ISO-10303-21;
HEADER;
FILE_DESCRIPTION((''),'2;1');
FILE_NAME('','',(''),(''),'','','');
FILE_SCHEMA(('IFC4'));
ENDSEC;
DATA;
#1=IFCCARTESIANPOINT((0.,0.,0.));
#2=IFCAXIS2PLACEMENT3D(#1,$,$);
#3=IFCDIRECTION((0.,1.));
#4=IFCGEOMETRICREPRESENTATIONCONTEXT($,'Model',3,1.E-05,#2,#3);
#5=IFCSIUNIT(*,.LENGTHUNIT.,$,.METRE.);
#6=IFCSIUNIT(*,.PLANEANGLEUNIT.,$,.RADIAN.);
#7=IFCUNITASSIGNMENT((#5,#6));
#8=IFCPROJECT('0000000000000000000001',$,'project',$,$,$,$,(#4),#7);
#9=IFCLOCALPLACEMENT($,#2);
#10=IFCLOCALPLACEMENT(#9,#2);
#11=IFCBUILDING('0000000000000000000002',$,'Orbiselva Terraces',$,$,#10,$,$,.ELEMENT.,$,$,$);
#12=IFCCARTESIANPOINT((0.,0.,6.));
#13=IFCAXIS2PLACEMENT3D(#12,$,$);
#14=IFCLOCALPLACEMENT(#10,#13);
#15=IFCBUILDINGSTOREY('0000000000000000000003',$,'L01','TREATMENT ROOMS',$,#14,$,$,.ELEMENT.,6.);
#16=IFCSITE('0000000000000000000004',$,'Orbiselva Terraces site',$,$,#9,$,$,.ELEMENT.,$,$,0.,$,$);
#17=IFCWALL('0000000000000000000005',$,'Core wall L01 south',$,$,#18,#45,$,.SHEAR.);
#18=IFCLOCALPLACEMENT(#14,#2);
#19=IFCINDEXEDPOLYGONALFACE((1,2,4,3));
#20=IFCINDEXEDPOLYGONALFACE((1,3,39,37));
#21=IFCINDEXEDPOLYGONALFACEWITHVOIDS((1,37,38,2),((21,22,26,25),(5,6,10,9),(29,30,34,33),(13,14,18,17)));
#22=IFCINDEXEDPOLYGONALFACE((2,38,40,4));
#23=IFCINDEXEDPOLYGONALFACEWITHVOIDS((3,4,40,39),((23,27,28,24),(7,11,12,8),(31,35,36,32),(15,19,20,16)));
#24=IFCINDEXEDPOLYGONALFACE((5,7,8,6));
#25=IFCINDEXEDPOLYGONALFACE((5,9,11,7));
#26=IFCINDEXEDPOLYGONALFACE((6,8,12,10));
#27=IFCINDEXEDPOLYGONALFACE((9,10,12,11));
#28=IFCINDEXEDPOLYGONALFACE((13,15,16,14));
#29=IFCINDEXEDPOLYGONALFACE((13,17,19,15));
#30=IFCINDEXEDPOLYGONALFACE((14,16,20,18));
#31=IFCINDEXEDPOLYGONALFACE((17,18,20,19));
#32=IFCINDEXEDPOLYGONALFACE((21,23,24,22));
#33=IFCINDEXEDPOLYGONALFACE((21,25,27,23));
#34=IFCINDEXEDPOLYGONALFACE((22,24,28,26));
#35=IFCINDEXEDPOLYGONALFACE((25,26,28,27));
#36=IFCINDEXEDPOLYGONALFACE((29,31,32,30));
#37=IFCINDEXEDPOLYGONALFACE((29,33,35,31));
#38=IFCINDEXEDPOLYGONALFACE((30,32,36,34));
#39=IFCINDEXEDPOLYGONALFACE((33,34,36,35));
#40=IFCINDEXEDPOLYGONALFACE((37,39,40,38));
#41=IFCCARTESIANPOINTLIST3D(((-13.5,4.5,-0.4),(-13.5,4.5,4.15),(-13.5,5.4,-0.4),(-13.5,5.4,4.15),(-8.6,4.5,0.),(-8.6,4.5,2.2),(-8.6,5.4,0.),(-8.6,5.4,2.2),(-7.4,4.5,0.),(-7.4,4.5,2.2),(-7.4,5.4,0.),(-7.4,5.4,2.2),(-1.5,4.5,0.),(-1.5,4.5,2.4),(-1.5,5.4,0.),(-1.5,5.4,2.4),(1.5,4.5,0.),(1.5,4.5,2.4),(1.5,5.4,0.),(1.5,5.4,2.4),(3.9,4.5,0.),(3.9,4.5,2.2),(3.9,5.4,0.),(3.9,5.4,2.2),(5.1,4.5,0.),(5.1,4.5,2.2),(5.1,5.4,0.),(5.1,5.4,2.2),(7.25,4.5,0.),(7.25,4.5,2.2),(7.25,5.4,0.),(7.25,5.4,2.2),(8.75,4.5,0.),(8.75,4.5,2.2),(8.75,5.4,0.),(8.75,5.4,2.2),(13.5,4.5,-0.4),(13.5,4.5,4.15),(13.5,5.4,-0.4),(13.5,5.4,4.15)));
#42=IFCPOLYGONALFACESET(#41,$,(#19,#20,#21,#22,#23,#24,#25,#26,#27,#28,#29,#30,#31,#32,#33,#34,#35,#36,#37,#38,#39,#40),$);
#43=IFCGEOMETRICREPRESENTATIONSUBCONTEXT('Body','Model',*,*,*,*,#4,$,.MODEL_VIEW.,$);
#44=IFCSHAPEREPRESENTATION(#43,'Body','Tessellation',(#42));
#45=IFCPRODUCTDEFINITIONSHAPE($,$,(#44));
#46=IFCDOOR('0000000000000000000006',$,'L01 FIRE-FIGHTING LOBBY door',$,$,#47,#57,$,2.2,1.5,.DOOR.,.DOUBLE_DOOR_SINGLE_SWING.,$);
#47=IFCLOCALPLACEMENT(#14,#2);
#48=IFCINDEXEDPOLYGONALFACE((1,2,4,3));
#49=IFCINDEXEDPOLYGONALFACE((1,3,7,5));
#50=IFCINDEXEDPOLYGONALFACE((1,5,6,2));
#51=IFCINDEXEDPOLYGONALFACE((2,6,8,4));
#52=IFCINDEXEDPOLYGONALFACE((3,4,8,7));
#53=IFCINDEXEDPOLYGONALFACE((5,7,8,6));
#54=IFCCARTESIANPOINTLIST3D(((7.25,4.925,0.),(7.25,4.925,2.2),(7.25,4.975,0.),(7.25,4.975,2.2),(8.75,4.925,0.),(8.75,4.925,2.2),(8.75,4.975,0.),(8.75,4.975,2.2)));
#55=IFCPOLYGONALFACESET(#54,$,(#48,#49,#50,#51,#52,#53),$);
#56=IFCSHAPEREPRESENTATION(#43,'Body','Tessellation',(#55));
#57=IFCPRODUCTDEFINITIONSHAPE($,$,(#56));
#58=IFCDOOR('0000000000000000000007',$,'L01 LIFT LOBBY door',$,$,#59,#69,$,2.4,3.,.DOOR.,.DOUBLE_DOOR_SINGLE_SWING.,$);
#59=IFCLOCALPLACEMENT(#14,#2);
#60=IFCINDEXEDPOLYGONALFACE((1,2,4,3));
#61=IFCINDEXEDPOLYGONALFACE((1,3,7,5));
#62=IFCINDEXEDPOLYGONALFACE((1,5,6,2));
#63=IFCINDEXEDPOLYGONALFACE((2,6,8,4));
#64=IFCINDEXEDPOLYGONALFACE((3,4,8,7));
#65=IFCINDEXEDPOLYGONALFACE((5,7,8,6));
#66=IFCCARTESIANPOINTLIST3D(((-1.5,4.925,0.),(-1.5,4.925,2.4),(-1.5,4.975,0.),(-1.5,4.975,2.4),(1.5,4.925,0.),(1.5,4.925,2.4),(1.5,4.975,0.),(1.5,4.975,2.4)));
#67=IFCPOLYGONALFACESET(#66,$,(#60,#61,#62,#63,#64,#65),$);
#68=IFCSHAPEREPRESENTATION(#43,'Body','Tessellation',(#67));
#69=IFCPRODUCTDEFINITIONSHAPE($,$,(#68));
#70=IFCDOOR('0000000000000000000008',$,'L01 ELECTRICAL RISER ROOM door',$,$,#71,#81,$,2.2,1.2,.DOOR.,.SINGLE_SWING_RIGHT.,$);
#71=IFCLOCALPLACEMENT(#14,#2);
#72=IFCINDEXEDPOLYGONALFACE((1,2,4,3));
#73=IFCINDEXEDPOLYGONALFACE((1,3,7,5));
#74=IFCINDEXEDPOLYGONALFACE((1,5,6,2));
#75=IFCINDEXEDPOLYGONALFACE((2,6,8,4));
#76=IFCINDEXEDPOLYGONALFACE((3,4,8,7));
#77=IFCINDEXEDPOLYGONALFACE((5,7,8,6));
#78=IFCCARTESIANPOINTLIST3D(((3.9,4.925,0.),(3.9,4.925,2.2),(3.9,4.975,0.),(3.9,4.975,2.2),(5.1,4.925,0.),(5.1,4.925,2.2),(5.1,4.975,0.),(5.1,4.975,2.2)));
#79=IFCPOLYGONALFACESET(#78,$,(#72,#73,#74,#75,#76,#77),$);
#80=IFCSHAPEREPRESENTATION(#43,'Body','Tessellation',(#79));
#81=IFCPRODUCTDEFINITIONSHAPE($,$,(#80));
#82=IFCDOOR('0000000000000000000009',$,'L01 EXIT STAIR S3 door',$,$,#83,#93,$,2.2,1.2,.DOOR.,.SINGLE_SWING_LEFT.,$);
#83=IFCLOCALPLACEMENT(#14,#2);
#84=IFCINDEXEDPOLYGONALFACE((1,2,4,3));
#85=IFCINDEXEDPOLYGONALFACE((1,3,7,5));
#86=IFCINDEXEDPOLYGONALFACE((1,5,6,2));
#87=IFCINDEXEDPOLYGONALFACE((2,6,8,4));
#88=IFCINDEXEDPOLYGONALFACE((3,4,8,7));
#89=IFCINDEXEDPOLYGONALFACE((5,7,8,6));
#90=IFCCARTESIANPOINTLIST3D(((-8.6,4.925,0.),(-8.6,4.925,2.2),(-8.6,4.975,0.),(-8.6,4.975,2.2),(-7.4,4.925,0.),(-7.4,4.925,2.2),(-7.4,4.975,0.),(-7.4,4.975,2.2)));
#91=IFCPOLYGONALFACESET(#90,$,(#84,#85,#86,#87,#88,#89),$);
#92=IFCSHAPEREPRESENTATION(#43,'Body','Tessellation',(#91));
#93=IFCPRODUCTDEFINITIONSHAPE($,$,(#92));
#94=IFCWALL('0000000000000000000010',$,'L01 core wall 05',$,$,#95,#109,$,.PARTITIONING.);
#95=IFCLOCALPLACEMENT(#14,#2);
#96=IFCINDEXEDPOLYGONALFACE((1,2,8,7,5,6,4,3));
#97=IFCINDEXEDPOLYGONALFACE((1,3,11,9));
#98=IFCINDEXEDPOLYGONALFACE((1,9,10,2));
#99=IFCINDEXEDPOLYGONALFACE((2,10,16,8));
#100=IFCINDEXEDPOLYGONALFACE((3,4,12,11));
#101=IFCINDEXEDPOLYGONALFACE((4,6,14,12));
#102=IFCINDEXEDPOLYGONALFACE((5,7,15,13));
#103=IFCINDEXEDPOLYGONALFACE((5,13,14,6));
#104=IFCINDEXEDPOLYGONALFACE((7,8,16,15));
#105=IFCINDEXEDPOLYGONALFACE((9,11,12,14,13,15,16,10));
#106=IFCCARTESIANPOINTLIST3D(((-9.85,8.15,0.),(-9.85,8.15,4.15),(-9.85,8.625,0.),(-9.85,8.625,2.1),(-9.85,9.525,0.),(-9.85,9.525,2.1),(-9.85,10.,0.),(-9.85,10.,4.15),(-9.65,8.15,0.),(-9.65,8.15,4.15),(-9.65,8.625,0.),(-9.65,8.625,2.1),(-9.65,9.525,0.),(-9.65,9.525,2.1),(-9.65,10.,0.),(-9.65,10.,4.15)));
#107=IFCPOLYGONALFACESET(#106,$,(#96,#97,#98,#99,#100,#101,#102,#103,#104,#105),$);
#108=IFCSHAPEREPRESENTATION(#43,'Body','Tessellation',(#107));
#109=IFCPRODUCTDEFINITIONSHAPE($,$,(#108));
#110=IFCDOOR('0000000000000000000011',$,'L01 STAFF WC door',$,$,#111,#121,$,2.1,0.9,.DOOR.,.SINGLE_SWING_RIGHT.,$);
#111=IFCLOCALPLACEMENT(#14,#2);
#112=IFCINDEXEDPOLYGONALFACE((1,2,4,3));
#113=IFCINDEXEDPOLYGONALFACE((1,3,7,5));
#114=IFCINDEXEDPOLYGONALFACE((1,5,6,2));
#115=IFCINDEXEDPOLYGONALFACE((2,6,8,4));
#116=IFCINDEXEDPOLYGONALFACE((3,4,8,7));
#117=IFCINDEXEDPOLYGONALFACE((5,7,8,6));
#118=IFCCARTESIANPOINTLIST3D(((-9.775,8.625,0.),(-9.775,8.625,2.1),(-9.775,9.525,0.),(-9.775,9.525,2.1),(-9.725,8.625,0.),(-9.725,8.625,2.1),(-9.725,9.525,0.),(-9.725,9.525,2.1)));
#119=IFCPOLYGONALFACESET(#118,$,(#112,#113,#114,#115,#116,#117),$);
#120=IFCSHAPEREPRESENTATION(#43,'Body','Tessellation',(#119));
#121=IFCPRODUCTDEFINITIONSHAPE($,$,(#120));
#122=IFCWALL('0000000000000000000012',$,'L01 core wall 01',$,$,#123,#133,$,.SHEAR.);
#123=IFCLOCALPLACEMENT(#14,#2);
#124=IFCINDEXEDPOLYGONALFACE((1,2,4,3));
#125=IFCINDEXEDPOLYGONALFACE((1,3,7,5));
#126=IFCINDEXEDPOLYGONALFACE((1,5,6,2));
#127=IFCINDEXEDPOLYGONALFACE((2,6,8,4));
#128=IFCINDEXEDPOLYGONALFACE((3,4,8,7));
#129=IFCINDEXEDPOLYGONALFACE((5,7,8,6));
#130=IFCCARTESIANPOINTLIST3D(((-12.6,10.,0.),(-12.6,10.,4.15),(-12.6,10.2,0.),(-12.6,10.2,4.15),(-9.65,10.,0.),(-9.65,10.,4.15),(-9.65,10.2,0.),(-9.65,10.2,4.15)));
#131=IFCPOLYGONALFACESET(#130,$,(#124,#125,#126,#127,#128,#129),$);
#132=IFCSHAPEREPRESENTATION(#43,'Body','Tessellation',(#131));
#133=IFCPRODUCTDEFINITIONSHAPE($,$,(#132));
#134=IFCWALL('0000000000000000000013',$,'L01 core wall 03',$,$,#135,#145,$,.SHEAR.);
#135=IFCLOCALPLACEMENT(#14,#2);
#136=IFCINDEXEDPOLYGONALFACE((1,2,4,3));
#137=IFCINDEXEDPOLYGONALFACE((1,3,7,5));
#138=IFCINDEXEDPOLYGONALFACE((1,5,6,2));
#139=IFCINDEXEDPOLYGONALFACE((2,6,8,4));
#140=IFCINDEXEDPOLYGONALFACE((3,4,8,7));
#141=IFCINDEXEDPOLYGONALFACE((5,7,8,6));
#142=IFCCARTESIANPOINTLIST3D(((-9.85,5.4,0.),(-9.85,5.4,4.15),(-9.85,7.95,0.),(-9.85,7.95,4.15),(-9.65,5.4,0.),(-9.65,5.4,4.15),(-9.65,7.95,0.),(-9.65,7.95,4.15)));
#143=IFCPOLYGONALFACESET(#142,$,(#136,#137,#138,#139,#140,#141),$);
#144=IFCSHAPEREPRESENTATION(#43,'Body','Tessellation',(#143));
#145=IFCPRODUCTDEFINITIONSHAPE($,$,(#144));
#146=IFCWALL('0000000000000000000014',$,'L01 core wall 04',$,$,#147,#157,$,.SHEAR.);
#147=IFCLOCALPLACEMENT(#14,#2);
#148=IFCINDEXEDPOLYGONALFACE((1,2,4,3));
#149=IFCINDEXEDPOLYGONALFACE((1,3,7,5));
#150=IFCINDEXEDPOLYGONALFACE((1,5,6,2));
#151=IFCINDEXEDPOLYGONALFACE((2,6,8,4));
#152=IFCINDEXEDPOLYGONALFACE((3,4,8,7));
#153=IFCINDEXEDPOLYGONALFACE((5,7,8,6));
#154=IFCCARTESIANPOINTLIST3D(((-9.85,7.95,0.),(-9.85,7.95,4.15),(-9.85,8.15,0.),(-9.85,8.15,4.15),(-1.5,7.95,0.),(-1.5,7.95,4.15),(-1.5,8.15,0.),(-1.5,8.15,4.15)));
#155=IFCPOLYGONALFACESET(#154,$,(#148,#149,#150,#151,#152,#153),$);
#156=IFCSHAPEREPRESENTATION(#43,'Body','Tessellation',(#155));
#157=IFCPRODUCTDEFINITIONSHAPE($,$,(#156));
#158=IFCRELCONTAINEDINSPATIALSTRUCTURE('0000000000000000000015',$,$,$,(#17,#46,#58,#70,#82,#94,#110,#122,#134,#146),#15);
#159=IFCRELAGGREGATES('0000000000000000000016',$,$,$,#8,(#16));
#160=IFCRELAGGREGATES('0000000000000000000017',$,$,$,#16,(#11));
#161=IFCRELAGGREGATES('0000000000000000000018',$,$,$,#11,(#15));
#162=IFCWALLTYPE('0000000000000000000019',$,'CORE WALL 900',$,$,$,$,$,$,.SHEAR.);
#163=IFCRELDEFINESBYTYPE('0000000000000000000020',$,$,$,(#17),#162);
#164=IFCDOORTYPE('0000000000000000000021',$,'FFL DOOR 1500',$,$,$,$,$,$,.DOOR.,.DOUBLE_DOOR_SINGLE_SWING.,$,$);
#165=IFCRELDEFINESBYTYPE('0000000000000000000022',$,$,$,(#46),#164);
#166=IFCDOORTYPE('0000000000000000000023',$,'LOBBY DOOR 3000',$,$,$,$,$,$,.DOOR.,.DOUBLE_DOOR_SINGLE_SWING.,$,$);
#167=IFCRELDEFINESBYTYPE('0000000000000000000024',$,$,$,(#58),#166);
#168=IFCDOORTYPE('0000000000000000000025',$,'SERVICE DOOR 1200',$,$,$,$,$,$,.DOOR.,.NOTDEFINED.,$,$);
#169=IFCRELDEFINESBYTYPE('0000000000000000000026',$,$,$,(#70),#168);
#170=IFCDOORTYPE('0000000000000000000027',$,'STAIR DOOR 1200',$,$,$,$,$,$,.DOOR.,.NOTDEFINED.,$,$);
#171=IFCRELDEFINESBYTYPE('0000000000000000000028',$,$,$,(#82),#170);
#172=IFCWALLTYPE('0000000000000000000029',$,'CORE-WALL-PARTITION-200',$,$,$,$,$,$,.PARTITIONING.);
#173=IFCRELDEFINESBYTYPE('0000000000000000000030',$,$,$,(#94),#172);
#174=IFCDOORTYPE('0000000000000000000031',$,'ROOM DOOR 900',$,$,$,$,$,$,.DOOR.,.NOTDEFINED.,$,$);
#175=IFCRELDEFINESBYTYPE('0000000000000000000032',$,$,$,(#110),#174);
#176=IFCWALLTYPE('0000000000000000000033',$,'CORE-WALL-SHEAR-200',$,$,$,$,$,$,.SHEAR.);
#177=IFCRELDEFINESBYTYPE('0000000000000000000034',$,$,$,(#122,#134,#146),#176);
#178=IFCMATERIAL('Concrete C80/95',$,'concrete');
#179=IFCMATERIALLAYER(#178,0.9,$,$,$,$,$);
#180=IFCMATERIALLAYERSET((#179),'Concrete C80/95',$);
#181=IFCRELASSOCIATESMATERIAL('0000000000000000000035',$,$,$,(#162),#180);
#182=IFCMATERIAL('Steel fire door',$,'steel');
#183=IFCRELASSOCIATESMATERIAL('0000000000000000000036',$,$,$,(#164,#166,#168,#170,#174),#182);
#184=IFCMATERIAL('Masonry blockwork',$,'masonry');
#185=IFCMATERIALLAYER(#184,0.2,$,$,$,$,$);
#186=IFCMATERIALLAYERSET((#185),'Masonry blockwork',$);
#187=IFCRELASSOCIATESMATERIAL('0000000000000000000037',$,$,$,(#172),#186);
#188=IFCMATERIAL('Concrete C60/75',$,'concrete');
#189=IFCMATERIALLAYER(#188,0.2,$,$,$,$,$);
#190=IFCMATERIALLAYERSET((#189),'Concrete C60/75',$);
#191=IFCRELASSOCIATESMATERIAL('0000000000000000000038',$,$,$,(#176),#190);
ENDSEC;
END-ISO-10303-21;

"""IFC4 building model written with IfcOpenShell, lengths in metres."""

from ifc_helpers import new_model, si_unit, direction, frame, frame_2d, origin, place, context, subcontext, project, spatial, rectangle, extrude, material, layer, layer_set, type_object, element, fill, save


model = new_model("IFC4")

# Units and contexts
model_context = context("Model", 3, precision=1e-05, world=origin(), true_north=direction((0.0, 1.0)))
body_context = subcontext(model_context, "Body", "Model", "MODEL_VIEW")
ifc_project = project(units=[si_unit("LENGTHUNIT", "METRE"), si_unit("PLANEANGLEUNIT", "RADIAN")], contexts=[model_context])

# Site, building, storey
site_placement = place(None, origin())
site = spatial("IfcSite", under=ifc_project, at=site_placement, Name="Orbiselva Terraces site", CompositionType="ELEMENT", RefElevation=0.0)
building_placement = place(site_placement, origin())
building = spatial("IfcBuilding", under=site, at=building_placement, Name="Orbiselva Terraces", CompositionType="ELEMENT")
storey_placement = place(building_placement, frame((0.0, 0.0, 6.0)))
storey = spatial("IfcBuildingStorey", under=building, at=storey_placement, Name="L01", Description="TREATMENT ROOMS", CompositionType="ELEMENT", Elevation=6.0)

# Wall, openings, doors
ifc_material_1 = material(Name="Concrete C80/95", Category="concrete")
ifc_layer_1 = layer(ifc_material_1, 0.9)
ifc_layer_set_1 = layer_set([ifc_layer_1], Name="Concrete C80/95")
wall_type_1 = type_object("IfcWallType", Name="CORE WALL 900", PredefinedType="SHEAR", material=ifc_layer_set_1)
wall_1_placement = place(storey_placement, frame((-13.5, 4.95, -0.4), z_axis=(0.0, 0.0, 1.0), x_axis=(1.0, 0.0, 0.0)))
wall_1 = element("IfcWall", 1, at=wall_1_placement, inside=storey, type_object=wall_type_1, Name="Core wall L01 south", PredefinedType="SHEAR", context=body_context, shape_type="SweptSolid", body=[
    extrude(rectangle(XDim=27.0, YDim=0.9, at=frame_2d((13.5, 0.0))), origin(), (0.0, 0.0, 1.0), 4.55),
])
opening_1_placement = place(wall_1_placement, frame((12.0, 0.0, 0.4)))
opening_1 = element("IfcOpeningElement", 2, at=opening_1_placement, cuts=wall_1, PredefinedType="OPENING", context=body_context, shape_type="SweptSolid", body=[
    extrude(rectangle(XDim=3.0, YDim=2.4, at=frame_2d((1.5, 1.2))), frame((0.0, 0.46, 0.0), z_axis=(0.0, -1.0, 0.0), x_axis=(1.0, 0.0, 0.0)), (0.0, 0.0, 1.0), 0.92),
])
opening_2_placement = place(wall_1_placement, frame((4.9, 0.0, 0.4)))
opening_2 = element("IfcOpeningElement", 3, at=opening_2_placement, cuts=wall_1, PredefinedType="OPENING", context=body_context, shape_type="SweptSolid", body=[
    extrude(rectangle(XDim=1.2, YDim=2.2, at=frame_2d((0.6, 1.1))), frame((0.0, 0.46, 0.0), z_axis=(0.0, -1.0, 0.0), x_axis=(1.0, 0.0, 0.0)), (0.0, 0.0, 1.0), 0.92),
])
opening_3_placement = place(wall_1_placement, frame((20.75, 0.0, 0.4)))
opening_3 = element("IfcOpeningElement", 4, at=opening_3_placement, cuts=wall_1, PredefinedType="OPENING", context=body_context, shape_type="SweptSolid", body=[
    extrude(rectangle(XDim=1.5, YDim=2.2, at=frame_2d((0.75, 1.1))), frame((0.0, 0.46, 0.0), z_axis=(0.0, -1.0, 0.0), x_axis=(1.0, 0.0, 0.0)), (0.0, 0.0, 1.0), 0.92),
])
opening_4_placement = place(wall_1_placement, frame((17.4, 0.0, 0.4)))
opening_4 = element("IfcOpeningElement", 5, at=opening_4_placement, cuts=wall_1, PredefinedType="OPENING", context=body_context, shape_type="SweptSolid", body=[
    extrude(rectangle(XDim=1.2, YDim=2.2, at=frame_2d((0.6, 1.1))), frame((0.0, 0.46, 0.0), z_axis=(0.0, -1.0, 0.0), x_axis=(1.0, 0.0, 0.0)), (0.0, 0.0, 1.0), 0.92),
])
ifc_material_2 = material(Name="Steel fire door", Category="steel")
door_type_1 = type_object("IfcDoorType", Name="FFL DOOR 1500", OperationType="DOUBLE_DOOR_SINGLE_SWING", PredefinedType="DOOR", material=ifc_material_2)
door_1_placement = place(opening_3_placement, frame((1.5, 0.0, 0.0), z_axis=(0.0, 0.0, 1.0), x_axis=(-1.0, 0.0, 0.0)))
door_1 = element("IfcDoor", 6, at=door_1_placement, inside=storey, type_object=door_type_1, Name="L01 FIRE-FIGHTING LOBBY door", OperationType="DOUBLE_DOOR_SINGLE_SWING", OverallHeight=2.2, OverallWidth=1.5, PredefinedType="DOOR", context=body_context, shape_type="SweptSolid", body=[
    extrude(rectangle(XDim=1.5, YDim=2.2, at=frame_2d((0.75, 1.1))), frame((0.0, 0.025, 0.0), z_axis=(0.0, -1.0, 0.0), x_axis=(1.0, 0.0, 0.0)), (0.0, 0.0, 1.0), 0.05),
])
fill(opening_3, door_1)
door_type_2 = type_object("IfcDoorType", Name="LOBBY DOOR 3000", OperationType="DOUBLE_DOOR_SINGLE_SWING", PredefinedType="DOOR", material=ifc_material_2)
door_2_placement = place(opening_1_placement, frame((3.0, 0.0, 0.0), z_axis=(0.0, 0.0, 1.0), x_axis=(-1.0, 0.0, 0.0)))
door_2 = element("IfcDoor", 7, at=door_2_placement, inside=storey, type_object=door_type_2, Name="L01 LIFT LOBBY door", OperationType="DOUBLE_DOOR_SINGLE_SWING", OverallHeight=2.4, OverallWidth=3.0, PredefinedType="DOOR", context=body_context, shape_type="SweptSolid", body=[
    extrude(rectangle(XDim=3.0, YDim=2.4, at=frame_2d((1.5, 1.2))), frame((0.0, 0.025, 0.0), z_axis=(0.0, -1.0, 0.0), x_axis=(1.0, 0.0, 0.0)), (0.0, 0.0, 1.0), 0.05),
])
fill(opening_1, door_2)
door_type_3 = type_object("IfcDoorType", Name="SERVICE DOOR 1200", OperationType="NOTDEFINED", PredefinedType="DOOR", material=ifc_material_2)
door_3_placement = place(opening_4_placement, frame((1.2, 0.0, 0.0), z_axis=(0.0, 0.0, 1.0), x_axis=(-1.0, 0.0, 0.0)))
door_3 = element("IfcDoor", 8, at=door_3_placement, inside=storey, type_object=door_type_3, Name="L01 ELECTRICAL RISER ROOM door", OperationType="SINGLE_SWING_RIGHT", OverallHeight=2.2, OverallWidth=1.2, PredefinedType="DOOR", context=body_context, shape_type="SweptSolid", body=[
    extrude(rectangle(XDim=1.2, YDim=2.2, at=frame_2d((0.6, 1.1))), frame((0.0, 0.025, 0.0), z_axis=(0.0, -1.0, 0.0), x_axis=(1.0, 0.0, 0.0)), (0.0, 0.0, 1.0), 0.05),
])
fill(opening_4, door_3)
door_type_4 = type_object("IfcDoorType", Name="STAIR DOOR 1200", OperationType="NOTDEFINED", PredefinedType="DOOR", material=ifc_material_2)
door_4_placement = place(opening_2_placement, frame((1.2, 0.0, 0.0), z_axis=(0.0, 0.0, 1.0), x_axis=(-1.0, 0.0, 0.0)))
door_4 = element("IfcDoor", 9, at=door_4_placement, inside=storey, type_object=door_type_4, Name="L01 EXIT STAIR S3 door", OperationType="SINGLE_SWING_LEFT", OverallHeight=2.2, OverallWidth=1.2, PredefinedType="DOOR", context=body_context, shape_type="SweptSolid", body=[
    extrude(rectangle(XDim=1.2, YDim=2.2, at=frame_2d((0.6, 1.1))), frame((0.0, 0.025, 0.0), z_axis=(0.0, -1.0, 0.0), x_axis=(1.0, 0.0, 0.0)), (0.0, 0.0, 1.0), 0.05),
])
fill(opening_2, door_4)

# Wall, opening, door
ifc_material_3 = material(Name="Masonry blockwork", Category="masonry")
ifc_layer_2 = layer(ifc_material_3, 0.2)
ifc_layer_set_2 = layer_set([ifc_layer_2], Name="Masonry blockwork")
wall_type_2 = type_object("IfcWallType", Name="CORE-WALL-PARTITION-200", PredefinedType="PARTITIONING", material=ifc_layer_set_2)
wall_2_placement = place(storey_placement, frame((-9.75, 8.15, 0.0), z_axis=(0.0, 0.0, 1.0), x_axis=(0.0, 1.0, 0.0)))
wall_2 = element("IfcWall", 10, at=wall_2_placement, inside=storey, type_object=wall_type_2, Name="L01 core wall 05", PredefinedType="PARTITIONING", context=body_context, shape_type="SweptSolid", body=[
    extrude(rectangle(XDim=1.85, YDim=0.2, at=frame_2d((0.925, 0.0))), origin(), (0.0, 0.0, 1.0), 4.15),
])
opening_5_placement = place(wall_2_placement, frame((0.475, 0.0, 0.0)))
opening_5 = element("IfcOpeningElement", 11, at=opening_5_placement, cuts=wall_2, PredefinedType="OPENING", context=body_context, shape_type="SweptSolid", body=[
    extrude(rectangle(XDim=0.9, YDim=2.1, at=frame_2d((0.45, 1.05))), frame((0.0, 0.11, 0.0), z_axis=(0.0, -1.0, 0.0), x_axis=(1.0, 0.0, 0.0)), (0.0, 0.0, 1.0), 0.22),
])
door_type_5 = type_object("IfcDoorType", Name="ROOM DOOR 900", OperationType="NOTDEFINED", PredefinedType="DOOR", material=ifc_material_2)
door_5_placement = place(opening_5_placement, origin())
door_5 = element("IfcDoor", 12, at=door_5_placement, inside=storey, type_object=door_type_5, Name="L01 STAFF WC door", OperationType="SINGLE_SWING_RIGHT", OverallHeight=2.1, OverallWidth=0.9, PredefinedType="DOOR", context=body_context, shape_type="SweptSolid", body=[
    extrude(rectangle(XDim=0.9, YDim=2.1, at=frame_2d((0.45, 1.05))), frame((0.0, 0.025, 0.0), z_axis=(0.0, -1.0, 0.0), x_axis=(1.0, 0.0, 0.0)), (0.0, 0.0, 1.0), 0.05),
])
fill(opening_5, door_5)

# Walls
ifc_material_4 = material(Name="Concrete C60/75", Category="concrete")
ifc_layer_3 = layer(ifc_material_4, 0.2)
ifc_layer_set_3 = layer_set([ifc_layer_3], Name="Concrete C60/75")
wall_type_3 = type_object("IfcWallType", Name="CORE-WALL-SHEAR-200", PredefinedType="SHEAR", material=ifc_layer_set_3)
wall_3_placement = place(storey_placement, frame((-12.6, 10.1, 0.0), z_axis=(0.0, 0.0, 1.0), x_axis=(1.0, 0.0, 0.0)))
element("IfcWall", 13, at=wall_3_placement, inside=storey, type_object=wall_type_3, Name="L01 core wall 01", PredefinedType="SHEAR", context=body_context, shape_type="SweptSolid", body=[
    extrude(rectangle(XDim=2.95, YDim=0.2, at=frame_2d((1.475, 0.0))), origin(), (0.0, 0.0, 1.0), 4.15),
])
wall_4_placement = place(storey_placement, frame((-9.75, 5.4, 0.0), z_axis=(0.0, 0.0, 1.0), x_axis=(0.0, 1.0, 0.0)))
element("IfcWall", 14, at=wall_4_placement, inside=storey, type_object=wall_type_3, Name="L01 core wall 03", PredefinedType="SHEAR", context=body_context, shape_type="SweptSolid", body=[
    extrude(rectangle(XDim=2.55, YDim=0.2, at=frame_2d((1.275, 0.0))), origin(), (0.0, 0.0, 1.0), 4.15),
])
wall_5_placement = place(storey_placement, frame((-9.85, 8.05, 0.0), z_axis=(0.0, 0.0, 1.0), x_axis=(1.0, 0.0, 0.0)))
element("IfcWall", 15, at=wall_5_placement, inside=storey, type_object=wall_type_3, Name="L01 core wall 04", PredefinedType="SHEAR", context=body_context, shape_type="SweptSolid", body=[
    extrude(rectangle(XDim=8.35, YDim=0.2, at=frame_2d((4.175, 0.0))), origin(), (0.0, 0.0, 1.0), 4.15),
])

save(model, "model.ifc")
